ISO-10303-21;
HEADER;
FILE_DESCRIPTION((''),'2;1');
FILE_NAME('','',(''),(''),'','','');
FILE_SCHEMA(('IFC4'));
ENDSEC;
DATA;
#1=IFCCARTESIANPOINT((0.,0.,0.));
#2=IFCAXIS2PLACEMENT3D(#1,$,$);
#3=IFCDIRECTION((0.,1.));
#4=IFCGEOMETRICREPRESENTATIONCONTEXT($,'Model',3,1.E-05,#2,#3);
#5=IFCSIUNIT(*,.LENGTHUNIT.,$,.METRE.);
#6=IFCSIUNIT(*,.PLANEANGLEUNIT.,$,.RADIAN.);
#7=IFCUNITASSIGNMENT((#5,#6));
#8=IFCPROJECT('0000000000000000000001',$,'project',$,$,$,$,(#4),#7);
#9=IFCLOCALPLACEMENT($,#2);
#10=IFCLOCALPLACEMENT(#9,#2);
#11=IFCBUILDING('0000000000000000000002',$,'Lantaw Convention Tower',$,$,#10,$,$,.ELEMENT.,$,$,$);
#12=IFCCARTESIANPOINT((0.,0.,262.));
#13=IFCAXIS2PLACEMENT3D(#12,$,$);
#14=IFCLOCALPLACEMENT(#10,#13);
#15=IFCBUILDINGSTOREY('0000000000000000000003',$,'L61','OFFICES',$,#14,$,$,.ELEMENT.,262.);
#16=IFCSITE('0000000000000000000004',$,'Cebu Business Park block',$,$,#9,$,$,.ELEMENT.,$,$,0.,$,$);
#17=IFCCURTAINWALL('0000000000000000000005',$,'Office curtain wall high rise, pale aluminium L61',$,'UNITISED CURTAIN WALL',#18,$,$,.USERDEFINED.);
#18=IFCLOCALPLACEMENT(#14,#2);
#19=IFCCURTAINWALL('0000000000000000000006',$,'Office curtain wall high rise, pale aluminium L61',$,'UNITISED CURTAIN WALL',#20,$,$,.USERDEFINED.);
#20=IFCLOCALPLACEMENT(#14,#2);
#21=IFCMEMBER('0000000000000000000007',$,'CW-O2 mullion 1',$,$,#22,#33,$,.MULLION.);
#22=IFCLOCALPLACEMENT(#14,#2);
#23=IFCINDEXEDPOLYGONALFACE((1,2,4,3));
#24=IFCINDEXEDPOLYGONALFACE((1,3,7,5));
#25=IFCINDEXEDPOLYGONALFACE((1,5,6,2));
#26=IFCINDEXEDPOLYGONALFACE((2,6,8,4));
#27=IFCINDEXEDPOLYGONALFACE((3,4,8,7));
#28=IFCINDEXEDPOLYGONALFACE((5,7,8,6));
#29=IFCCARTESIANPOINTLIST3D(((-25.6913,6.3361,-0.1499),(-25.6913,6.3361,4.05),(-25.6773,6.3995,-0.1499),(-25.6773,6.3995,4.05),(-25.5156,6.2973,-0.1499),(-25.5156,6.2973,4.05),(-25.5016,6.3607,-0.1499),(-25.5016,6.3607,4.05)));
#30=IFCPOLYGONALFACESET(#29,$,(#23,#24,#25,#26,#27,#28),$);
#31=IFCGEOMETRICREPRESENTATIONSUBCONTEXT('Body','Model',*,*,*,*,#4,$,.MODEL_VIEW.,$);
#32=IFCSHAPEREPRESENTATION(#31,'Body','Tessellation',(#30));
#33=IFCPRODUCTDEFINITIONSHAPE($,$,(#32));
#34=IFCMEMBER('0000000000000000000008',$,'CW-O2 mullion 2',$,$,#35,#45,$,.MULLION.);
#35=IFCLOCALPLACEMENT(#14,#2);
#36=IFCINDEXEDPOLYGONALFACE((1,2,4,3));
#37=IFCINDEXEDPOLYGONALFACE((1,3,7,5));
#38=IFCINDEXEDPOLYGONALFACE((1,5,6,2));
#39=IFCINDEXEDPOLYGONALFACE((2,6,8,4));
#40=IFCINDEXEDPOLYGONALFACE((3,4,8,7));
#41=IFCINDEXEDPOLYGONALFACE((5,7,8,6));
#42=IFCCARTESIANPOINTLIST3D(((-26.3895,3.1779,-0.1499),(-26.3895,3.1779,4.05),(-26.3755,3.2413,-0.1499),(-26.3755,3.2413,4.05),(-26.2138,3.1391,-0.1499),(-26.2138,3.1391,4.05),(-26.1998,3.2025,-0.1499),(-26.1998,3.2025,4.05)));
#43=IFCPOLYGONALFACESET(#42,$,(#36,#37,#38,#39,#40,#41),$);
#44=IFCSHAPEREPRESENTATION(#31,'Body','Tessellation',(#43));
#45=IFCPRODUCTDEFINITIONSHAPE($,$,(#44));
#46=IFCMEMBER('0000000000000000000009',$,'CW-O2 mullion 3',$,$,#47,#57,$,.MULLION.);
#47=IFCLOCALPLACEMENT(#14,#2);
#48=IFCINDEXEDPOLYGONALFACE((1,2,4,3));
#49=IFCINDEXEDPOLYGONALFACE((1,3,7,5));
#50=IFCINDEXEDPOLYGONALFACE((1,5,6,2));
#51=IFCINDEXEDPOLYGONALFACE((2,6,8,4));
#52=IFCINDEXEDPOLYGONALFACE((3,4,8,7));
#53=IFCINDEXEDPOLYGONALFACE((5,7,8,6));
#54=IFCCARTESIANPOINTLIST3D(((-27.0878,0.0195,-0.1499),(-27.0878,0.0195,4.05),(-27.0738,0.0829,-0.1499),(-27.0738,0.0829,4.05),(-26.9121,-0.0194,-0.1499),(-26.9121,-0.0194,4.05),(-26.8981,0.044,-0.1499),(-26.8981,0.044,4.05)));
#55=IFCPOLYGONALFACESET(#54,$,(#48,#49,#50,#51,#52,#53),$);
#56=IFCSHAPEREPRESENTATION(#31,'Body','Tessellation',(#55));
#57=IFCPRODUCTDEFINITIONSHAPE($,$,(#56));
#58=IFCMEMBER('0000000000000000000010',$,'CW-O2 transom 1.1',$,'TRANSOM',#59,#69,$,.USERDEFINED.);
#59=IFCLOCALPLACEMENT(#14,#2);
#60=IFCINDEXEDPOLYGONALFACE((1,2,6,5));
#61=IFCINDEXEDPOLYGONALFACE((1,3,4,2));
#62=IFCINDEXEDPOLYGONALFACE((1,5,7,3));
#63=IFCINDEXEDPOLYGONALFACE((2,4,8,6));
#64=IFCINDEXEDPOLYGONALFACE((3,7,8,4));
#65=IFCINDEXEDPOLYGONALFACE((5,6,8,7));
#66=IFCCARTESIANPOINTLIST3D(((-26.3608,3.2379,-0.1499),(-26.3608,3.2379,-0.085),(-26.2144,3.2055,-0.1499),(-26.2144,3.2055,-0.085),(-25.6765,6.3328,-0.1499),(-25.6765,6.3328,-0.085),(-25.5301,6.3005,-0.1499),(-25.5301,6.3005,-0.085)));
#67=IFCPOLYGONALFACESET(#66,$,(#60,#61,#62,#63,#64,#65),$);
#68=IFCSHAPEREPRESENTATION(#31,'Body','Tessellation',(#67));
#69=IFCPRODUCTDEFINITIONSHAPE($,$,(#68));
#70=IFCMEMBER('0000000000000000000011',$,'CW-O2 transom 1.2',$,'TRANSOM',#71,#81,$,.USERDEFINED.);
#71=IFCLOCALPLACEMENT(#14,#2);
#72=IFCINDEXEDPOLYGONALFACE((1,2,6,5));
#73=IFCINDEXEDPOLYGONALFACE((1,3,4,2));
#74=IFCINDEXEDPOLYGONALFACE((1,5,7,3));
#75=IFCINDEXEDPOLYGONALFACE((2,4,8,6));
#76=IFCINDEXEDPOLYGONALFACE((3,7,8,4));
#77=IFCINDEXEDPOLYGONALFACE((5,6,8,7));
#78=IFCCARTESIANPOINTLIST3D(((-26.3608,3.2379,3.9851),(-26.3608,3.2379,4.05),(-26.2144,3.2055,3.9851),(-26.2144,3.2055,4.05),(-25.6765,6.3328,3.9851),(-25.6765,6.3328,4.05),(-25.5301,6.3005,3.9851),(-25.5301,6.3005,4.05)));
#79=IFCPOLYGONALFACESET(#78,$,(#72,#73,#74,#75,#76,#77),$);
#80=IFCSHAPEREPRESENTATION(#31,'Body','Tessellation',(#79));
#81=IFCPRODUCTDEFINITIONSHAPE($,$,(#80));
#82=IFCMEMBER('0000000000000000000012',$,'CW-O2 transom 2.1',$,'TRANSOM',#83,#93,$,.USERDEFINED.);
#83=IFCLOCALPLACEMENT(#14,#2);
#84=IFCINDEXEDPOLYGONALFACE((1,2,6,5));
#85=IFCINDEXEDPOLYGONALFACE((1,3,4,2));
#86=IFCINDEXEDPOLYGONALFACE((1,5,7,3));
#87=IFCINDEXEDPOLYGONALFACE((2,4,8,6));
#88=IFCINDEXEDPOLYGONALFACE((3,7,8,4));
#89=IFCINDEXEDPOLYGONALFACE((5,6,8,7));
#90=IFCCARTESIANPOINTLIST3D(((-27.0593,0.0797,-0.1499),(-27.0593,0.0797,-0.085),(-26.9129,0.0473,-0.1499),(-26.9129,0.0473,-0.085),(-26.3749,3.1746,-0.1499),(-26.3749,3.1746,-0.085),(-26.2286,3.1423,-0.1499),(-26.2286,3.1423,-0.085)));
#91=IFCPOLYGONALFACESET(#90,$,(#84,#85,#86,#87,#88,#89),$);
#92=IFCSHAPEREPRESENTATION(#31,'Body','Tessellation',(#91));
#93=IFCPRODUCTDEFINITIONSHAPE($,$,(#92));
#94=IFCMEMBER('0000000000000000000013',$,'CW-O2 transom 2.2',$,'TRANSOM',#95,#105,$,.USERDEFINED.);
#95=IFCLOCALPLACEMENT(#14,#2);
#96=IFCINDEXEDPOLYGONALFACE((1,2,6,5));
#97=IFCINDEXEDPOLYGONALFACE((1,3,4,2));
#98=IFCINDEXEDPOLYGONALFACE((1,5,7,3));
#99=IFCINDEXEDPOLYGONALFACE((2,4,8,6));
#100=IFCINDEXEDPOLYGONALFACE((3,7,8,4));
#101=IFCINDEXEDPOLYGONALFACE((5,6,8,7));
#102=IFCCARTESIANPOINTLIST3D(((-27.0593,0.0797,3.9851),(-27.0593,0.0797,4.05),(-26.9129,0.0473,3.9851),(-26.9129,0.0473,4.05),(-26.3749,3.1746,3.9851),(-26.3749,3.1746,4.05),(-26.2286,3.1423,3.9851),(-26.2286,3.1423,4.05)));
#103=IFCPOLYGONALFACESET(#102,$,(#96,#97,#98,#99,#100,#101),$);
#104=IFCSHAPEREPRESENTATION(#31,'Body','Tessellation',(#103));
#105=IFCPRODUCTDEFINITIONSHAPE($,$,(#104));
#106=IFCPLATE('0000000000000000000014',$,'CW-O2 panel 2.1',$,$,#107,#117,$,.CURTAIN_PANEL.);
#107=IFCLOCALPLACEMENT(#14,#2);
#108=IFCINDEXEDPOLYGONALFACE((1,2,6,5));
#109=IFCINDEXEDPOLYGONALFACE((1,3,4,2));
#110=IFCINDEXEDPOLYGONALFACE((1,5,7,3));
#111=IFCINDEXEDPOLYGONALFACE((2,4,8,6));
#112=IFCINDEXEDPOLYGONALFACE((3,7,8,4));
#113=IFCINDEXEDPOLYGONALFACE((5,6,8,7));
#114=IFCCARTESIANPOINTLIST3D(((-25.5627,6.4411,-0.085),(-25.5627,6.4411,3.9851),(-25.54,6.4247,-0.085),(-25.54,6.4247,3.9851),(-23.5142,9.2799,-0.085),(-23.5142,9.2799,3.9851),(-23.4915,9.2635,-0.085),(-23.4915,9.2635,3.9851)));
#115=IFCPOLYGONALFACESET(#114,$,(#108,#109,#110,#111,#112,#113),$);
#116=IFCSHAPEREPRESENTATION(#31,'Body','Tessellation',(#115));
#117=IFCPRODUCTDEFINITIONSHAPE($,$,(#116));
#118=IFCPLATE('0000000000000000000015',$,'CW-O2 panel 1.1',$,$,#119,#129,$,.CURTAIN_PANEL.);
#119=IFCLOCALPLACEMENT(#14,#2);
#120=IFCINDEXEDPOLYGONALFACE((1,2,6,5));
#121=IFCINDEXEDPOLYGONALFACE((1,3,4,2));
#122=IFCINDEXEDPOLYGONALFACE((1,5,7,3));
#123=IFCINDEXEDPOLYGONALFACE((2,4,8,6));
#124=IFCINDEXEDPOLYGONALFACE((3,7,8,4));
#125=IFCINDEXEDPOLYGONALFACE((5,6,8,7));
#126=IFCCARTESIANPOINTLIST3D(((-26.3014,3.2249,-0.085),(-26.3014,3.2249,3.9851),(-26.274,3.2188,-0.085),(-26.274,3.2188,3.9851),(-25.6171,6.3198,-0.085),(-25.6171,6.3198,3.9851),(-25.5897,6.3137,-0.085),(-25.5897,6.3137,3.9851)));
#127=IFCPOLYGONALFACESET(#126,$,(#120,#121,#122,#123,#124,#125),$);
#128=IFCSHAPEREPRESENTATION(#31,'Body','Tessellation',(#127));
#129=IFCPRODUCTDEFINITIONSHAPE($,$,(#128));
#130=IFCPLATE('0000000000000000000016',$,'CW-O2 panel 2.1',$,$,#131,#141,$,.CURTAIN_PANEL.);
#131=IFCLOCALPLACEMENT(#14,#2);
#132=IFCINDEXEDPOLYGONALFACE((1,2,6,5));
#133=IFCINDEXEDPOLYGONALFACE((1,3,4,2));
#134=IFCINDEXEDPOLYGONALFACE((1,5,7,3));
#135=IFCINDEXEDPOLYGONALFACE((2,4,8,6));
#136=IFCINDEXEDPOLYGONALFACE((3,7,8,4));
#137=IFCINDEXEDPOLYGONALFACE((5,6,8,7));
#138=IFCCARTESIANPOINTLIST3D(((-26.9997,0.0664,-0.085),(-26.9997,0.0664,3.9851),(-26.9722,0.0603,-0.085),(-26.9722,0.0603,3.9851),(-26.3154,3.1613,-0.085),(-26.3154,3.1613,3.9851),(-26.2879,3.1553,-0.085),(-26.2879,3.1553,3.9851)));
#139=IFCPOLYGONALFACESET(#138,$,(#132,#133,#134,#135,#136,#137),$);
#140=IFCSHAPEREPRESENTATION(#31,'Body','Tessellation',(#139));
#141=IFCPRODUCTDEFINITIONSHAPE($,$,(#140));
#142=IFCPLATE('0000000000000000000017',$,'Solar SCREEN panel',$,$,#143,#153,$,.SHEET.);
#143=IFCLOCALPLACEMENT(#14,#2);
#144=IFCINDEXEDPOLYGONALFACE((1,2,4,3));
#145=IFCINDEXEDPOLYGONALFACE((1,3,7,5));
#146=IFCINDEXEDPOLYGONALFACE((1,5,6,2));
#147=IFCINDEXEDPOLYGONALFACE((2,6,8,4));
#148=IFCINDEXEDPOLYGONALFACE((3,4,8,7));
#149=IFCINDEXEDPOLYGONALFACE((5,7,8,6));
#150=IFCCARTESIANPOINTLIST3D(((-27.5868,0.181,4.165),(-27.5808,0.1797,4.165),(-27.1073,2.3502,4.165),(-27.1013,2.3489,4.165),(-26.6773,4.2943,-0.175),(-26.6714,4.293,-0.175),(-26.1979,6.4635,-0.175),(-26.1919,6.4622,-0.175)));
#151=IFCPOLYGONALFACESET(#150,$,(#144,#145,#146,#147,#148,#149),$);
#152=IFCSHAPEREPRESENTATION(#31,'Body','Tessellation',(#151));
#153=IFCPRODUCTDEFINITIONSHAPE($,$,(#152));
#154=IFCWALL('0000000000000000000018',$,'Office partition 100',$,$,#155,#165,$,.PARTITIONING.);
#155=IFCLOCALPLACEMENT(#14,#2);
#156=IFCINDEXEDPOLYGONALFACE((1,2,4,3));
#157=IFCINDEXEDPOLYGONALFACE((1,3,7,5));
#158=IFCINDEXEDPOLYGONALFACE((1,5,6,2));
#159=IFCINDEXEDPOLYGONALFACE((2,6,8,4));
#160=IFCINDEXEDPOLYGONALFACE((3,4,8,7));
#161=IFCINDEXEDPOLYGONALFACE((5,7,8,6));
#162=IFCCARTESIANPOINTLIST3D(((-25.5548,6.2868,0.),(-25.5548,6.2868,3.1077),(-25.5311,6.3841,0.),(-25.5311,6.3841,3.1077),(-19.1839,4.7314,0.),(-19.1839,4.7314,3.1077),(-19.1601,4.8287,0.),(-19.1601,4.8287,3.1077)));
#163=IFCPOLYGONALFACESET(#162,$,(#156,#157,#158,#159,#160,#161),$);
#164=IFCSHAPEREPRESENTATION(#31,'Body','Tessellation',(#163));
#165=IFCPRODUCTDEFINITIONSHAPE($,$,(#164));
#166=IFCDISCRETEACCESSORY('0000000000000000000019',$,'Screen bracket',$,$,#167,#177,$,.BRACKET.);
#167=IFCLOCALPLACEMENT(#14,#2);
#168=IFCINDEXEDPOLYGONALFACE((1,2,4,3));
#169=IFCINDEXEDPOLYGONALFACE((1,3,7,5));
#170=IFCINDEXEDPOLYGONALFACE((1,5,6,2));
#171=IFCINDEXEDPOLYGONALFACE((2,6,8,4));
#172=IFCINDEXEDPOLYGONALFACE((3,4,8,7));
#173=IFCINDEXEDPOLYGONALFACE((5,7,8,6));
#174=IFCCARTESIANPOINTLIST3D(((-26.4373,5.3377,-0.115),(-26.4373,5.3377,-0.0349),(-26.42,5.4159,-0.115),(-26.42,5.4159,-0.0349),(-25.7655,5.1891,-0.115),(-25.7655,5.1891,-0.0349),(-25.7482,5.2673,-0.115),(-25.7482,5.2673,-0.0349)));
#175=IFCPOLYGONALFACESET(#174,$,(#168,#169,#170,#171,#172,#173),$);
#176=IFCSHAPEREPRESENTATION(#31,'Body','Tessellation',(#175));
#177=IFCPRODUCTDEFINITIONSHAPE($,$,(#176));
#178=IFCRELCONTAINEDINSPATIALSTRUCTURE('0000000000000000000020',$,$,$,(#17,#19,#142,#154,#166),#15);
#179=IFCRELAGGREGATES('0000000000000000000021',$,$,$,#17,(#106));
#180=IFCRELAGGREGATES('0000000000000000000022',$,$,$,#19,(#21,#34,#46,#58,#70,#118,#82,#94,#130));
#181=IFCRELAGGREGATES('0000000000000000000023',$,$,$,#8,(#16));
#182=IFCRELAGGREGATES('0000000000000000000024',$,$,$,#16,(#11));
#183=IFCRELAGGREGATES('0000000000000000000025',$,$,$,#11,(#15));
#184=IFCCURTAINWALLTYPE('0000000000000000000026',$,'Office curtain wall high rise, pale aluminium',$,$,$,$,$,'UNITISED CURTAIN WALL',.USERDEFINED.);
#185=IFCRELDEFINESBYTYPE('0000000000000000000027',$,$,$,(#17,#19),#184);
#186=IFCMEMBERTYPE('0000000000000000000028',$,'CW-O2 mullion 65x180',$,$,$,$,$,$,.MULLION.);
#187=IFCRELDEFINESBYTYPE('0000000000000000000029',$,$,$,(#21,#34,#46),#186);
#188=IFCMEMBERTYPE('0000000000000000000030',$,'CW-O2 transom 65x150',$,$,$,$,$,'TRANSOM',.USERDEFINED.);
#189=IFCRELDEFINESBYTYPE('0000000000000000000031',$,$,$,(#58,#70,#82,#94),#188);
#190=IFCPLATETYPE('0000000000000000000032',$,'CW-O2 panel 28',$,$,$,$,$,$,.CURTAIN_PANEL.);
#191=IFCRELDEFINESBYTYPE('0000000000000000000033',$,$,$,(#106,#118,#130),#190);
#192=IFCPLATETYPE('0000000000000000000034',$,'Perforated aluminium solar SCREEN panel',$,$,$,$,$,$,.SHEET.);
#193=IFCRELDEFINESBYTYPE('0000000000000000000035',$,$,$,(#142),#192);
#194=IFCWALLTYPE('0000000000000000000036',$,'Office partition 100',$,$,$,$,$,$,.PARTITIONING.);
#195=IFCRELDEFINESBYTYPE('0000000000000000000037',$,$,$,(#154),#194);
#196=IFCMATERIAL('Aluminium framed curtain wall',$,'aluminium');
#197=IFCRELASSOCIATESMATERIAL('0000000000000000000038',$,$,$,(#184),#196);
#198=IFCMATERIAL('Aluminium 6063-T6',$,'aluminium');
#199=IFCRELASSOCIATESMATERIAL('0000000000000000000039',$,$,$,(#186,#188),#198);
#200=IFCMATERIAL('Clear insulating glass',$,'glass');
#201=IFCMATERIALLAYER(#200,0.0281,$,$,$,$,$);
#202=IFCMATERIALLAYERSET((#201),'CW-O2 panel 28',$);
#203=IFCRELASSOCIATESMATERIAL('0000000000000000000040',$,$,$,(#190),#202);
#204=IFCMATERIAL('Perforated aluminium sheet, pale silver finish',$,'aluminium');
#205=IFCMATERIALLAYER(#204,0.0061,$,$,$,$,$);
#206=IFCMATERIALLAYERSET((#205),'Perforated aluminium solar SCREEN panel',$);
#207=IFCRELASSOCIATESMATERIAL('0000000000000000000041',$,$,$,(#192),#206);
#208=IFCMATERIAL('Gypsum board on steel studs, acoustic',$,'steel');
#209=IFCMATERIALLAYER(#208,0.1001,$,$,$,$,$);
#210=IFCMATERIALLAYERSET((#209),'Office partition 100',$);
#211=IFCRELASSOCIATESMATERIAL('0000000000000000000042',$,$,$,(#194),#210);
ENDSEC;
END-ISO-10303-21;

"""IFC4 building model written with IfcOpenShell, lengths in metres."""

from ifc_helpers import new_model, si_unit, direction, frame, frame_2d, origin, origin_2d, place, context, subcontext, project, spatial, polyline, rectangle, outline, extrude, material, layer, layer_set, material_profile, profile_set, type_object, element, aggregate, save


model = new_model("IFC4")

# Units and contexts
model_context = context("Model", 3, precision=1e-05, world=origin(), true_north=direction((0.0, 1.0)))
body_context = subcontext(model_context, "Body", "Model", "MODEL_VIEW")
ifc_project = project(units=[si_unit("LENGTHUNIT", "METRE"), si_unit("PLANEANGLEUNIT", "RADIAN")], contexts=[model_context])

# Site, building, storey
site_placement = place(None, origin())
site = spatial("IfcSite", under=ifc_project, at=site_placement, Name="Cebu Business Park block", CompositionType="ELEMENT", RefElevation=0.0)
building_placement = place(site_placement, origin())
building = spatial("IfcBuilding", under=site, at=building_placement, Name="Lantaw Convention Tower", CompositionType="ELEMENT")
storey_placement = place(building_placement, frame((0.0, 0.0, 262.0)))
storey = spatial("IfcBuildingStorey", under=building, at=storey_placement, Name="L61", Description="OFFICES", CompositionType="ELEMENT", Elevation=262.0)

# Curtain wall
ifc_material_1 = material(Name="Aluminium framed curtain wall", Category="aluminium")
curtain_wall_type = type_object("IfcCurtainWallType", Name="Office curtain wall high rise, pale aluminium", ElementType="UNITISED CURTAIN WALL", PredefinedType="USERDEFINED", material=ifc_material_1)
curtain_wall_1_placement = place(storey_placement, origin())
curtain_wall_1 = element("IfcCurtainWall", 1, at=curtain_wall_1_placement, inside=storey, type_object=curtain_wall_type, Name="Office curtain wall high rise, pale aluminium L61", ObjectType="UNITISED CURTAIN WALL", PredefinedType="USERDEFINED")
ifc_material_2 = material(Name="Aluminium 6063-T6", Category="aluminium")
ifc_material_profile_1 = material_profile(ifc_material_2, rectangle(XDim=0.1799, YDim=0.0649, at=origin_2d()), Name="CW-O2 mullion 65x180")
ifc_profile_set_1 = profile_set([ifc_material_profile_1], Name="Aluminium 6063-T6")
member_type_1 = type_object("IfcMemberType", Name="CW-O2 mullion 65x180", PredefinedType="MULLION", material=ifc_profile_set_1)

# Curtain wall, members
curtain_wall_2_placement = place(storey_placement, origin())
curtain_wall_2 = element("IfcCurtainWall", 2, at=curtain_wall_2_placement, inside=storey, type_object=curtain_wall_type, Name="Office curtain wall high rise, pale aluminium L61", ObjectType="UNITISED CURTAIN WALL", PredefinedType="USERDEFINED")
member_1_placement = place(storey_placement, frame((-25.5964, 6.3484, -0.1499), z_axis=(0.0, 0.0, 1.0), x_axis=(0.976417, -0.215891, 0.0)))
member_1 = element("IfcMember", 3, at=member_1_placement, type_object=member_type_1, Name="CW-O2 mullion 1", PredefinedType="MULLION", context=body_context, shape_type="SweptSolid", body=[
    extrude(rectangle(XDim=0.1799, YDim=0.0649, at=origin_2d()), origin(), (0.0, 0.0, 1.0), 4.2),
])
member_2_placement = place(storey_placement, frame((-26.2947, 3.1902, -0.1499), z_axis=(0.0, 0.0, 1.0), x_axis=(0.976417, -0.215891, 0.0)))
member_2 = element("IfcMember", 4, at=member_2_placement, type_object=member_type_1, Name="CW-O2 mullion 2", PredefinedType="MULLION", context=body_context, shape_type="SweptSolid", body=[
    extrude(rectangle(XDim=0.1799, YDim=0.0649, at=origin_2d()), origin(), (0.0, 0.0, 1.0), 4.2),
])
member_3_placement = place(storey_placement, frame((-26.9929, 0.0317, -0.1499), z_axis=(0.0, 0.0, 1.0), x_axis=(0.976417, -0.215891, 0.0)))
member_3 = element("IfcMember", 5, at=member_3_placement, type_object=member_type_1, Name="CW-O2 mullion 3", PredefinedType="MULLION", context=body_context, shape_type="SweptSolid", body=[
    extrude(rectangle(XDim=0.1799, YDim=0.0649, at=origin_2d()), origin(), (0.0, 0.0, 1.0), 4.2),
])
ifc_material_profile_2 = material_profile(ifc_material_2, rectangle(XDim=0.1499, YDim=0.0649, at=origin_2d()), Name="CW-O2 transom 65x150")
ifc_profile_set_2 = profile_set([ifc_material_profile_2], Name="Aluminium 6063-T6")
member_type_2 = type_object("IfcMemberType", Name="CW-O2 transom 65x150", ElementType="TRANSOM", PredefinedType="USERDEFINED", material=ifc_profile_set_2)
member_4_placement = place(storey_placement, frame((-25.6033, 6.3167, -0.1174), z_axis=(-0.215895, -0.976417, 0.0), x_axis=(0.976417, -0.215895, 0.0)))
member_4 = element("IfcMember", 6, at=member_4_placement, type_object=member_type_2, Name="CW-O2 transom 1.1", ObjectType="TRANSOM", PredefinedType="USERDEFINED", context=body_context, shape_type="SweptSolid", body=[
    extrude(rectangle(XDim=0.1499, YDim=0.0649, at=origin_2d()), origin(), (0.0, 0.0, 1.0), 3.1697),
])
member_5_placement = place(storey_placement, frame((-25.6033, 6.3167, 4.0176), z_axis=(-0.215895, -0.976417, 0.0), x_axis=(0.976417, -0.215895, 0.0)))
member_5 = element("IfcMember", 7, at=member_5_placement, type_object=member_type_2, Name="CW-O2 transom 1.2", ObjectType="TRANSOM", PredefinedType="USERDEFINED", context=body_context, shape_type="SweptSolid", body=[
    extrude(rectangle(XDim=0.1499, YDim=0.0649, at=origin_2d()), origin(), (0.0, 0.0, 1.0), 3.1697),
])
member_6_placement = place(storey_placement, frame((-26.3018, 3.1584, -0.1174), z_axis=(-0.215895, -0.976417, 0.0), x_axis=(0.976417, -0.215895, 0.0)))
member_6 = element("IfcMember", 8, at=member_6_placement, type_object=member_type_2, Name="CW-O2 transom 2.1", ObjectType="TRANSOM", PredefinedType="USERDEFINED", context=body_context, shape_type="SweptSolid", body=[
    extrude(rectangle(XDim=0.1499, YDim=0.0649, at=origin_2d()), origin(), (0.0, 0.0, 1.0), 3.1697),
])
member_7_placement = place(storey_placement, frame((-26.3018, 3.1584, 4.0176), z_axis=(-0.215895, -0.976417, 0.0), x_axis=(0.976417, -0.215895, 0.0)))
member_7 = element("IfcMember", 9, at=member_7_placement, type_object=member_type_2, Name="CW-O2 transom 2.2", ObjectType="TRANSOM", PredefinedType="USERDEFINED", context=body_context, shape_type="SweptSolid", body=[
    extrude(rectangle(XDim=0.1499, YDim=0.0649, at=origin_2d()), origin(), (0.0, 0.0, 1.0), 3.1697),
])

# Plates
ifc_material_3 = material(Name="Clear insulating glass", Category="glass")
ifc_layer_1 = layer(ifc_material_3, 0.0281)
ifc_layer_set_1 = layer_set([ifc_layer_1], Name="CW-O2 panel 28")
plate_type_1 = type_object("IfcPlateType", Name="CW-O2 panel 28", PredefinedType="CURTAIN_PANEL", material=ifc_layer_set_1)
plate_1_placement = place(storey_placement, frame((-24.5271, 7.8523, -0.085), z_axis=(0.0, 0.0, 1.0), x_axis=(-0.585158, -0.81092, 0.0)))
plate_1 = element("IfcPlate", 10, at=plate_1_placement, type_object=plate_type_1, Name="CW-O2 panel 2.1", PredefinedType="CURTAIN_PANEL", context=body_context, shape_type="SweptSolid", body=[
    extrude(rectangle(XDim=3.5007, YDim=0.0281, at=origin_2d()), origin(), (0.0, 0.0, 1.0), 4.0701),
])
aggregate(curtain_wall_1, [plate_1])
plate_2_placement = place(storey_placement, frame((-25.9456, 4.7693, -0.085), z_axis=(0.0, 0.0, 1.0), x_axis=(-0.215891, -0.976417, 0.0)))
plate_2 = element("IfcPlate", 11, at=plate_2_placement, type_object=plate_type_1, Name="CW-O2 panel 1.1", PredefinedType="CURTAIN_PANEL", context=body_context, shape_type="SweptSolid", body=[
    extrude(rectangle(XDim=3.1697, YDim=0.0281, at=origin_2d()), origin(), (0.0, 0.0, 1.0), 4.0701),
])
plate_3_placement = place(storey_placement, frame((-26.6438, 1.6108, -0.085), z_axis=(0.0, 0.0, 1.0), x_axis=(-0.215891, -0.976417, 0.0)))
plate_3 = element("IfcPlate", 12, at=plate_3_placement, type_object=plate_type_1, Name="CW-O2 panel 2.1", PredefinedType="CURTAIN_PANEL", context=body_context, shape_type="SweptSolid", body=[
    extrude(rectangle(XDim=3.1697, YDim=0.0281, at=origin_2d()), origin(), (0.0, 0.0, 1.0), 4.0701),
])
aggregate(curtain_wall_2, [member_1, member_2, member_3, member_4, member_5, plate_2, member_6, member_7, plate_3])
ifc_material_4 = material(Name="Perforated aluminium sheet, pale silver finish", Category="aluminium")
ifc_layer_2 = layer(ifc_material_4, 0.0061)
ifc_layer_set_2 = layer_set([ifc_layer_2], Name="Perforated aluminium solar SCREEN panel")
plate_type_2 = type_object("IfcPlateType", Name="Perforated aluminium solar SCREEN panel", PredefinedType="SHEET", material=ifc_layer_set_2)
plate_4_placement = place(storey_placement, frame((-26.1919, 6.4622, -0.175), z_axis=(0.97643, -0.215837, 0.000044), x_axis=(-0.215837, -0.97643, 0.0)))
element("IfcPlate", 13, at=plate_4_placement, inside=storey, type_object=plate_type_2, Name="Solar SCREEN panel", PredefinedType="SHEET", context=body_context, shape_type="SweptSolid", body=[
    extrude(outline(polyline([(0.0, 0.0), (2.2216, 0.0), (6.4342, -4.3401), (4.2126, -4.3401), (0.0, 0.0)])), origin(), (0.0, 0.0, -1.0), 0.0061),
])

# Wall
ifc_material_5 = material(Name="Gypsum board on steel studs, acoustic", Category="steel")
ifc_layer_3 = layer(ifc_material_5, 0.1001)
ifc_layer_set_3 = layer_set([ifc_layer_3], Name="Office partition 100")
wall_type = type_object("IfcWallType", Name="Office partition 100", PredefinedType="PARTITIONING", material=ifc_layer_set_3)
wall_placement = place(storey_placement, frame((-25.543, 6.3354, 0.0), z_axis=(0.0, 0.0, 1.0), x_axis=(0.971468, -0.237171, 0.0)))
element("IfcWall", 14, at=wall_placement, inside=storey, type_object=wall_type, Name="Office partition 100", PredefinedType="PARTITIONING", context=body_context, shape_type="SweptSolid", body=[
    extrude(rectangle(XDim=6.5581, YDim=0.1001, at=frame_2d((3.2791, 0.0))), origin(), (0.0, 0.0, 1.0), 3.1077),
])

# Discrete accessory
discrete_accessory_placement = place(storey_placement, frame((-26.0928, 5.3025, -0.115), z_axis=(0.0, 0.0, 1.0), x_axis=(-0.215891, -0.976417, 0.0)))
element("IfcDiscreteAccessory", 15, at=discrete_accessory_placement, inside=storey, Name="Screen bracket", PredefinedType="BRACKET", context=body_context, shape_type="SweptSolid", body=[
    extrude(rectangle(XDim=0.0801, YDim=0.688, at=origin_2d()), origin(), (0.0, 0.0, 1.0), 0.0801),
])

save(model, "model.ifc")
